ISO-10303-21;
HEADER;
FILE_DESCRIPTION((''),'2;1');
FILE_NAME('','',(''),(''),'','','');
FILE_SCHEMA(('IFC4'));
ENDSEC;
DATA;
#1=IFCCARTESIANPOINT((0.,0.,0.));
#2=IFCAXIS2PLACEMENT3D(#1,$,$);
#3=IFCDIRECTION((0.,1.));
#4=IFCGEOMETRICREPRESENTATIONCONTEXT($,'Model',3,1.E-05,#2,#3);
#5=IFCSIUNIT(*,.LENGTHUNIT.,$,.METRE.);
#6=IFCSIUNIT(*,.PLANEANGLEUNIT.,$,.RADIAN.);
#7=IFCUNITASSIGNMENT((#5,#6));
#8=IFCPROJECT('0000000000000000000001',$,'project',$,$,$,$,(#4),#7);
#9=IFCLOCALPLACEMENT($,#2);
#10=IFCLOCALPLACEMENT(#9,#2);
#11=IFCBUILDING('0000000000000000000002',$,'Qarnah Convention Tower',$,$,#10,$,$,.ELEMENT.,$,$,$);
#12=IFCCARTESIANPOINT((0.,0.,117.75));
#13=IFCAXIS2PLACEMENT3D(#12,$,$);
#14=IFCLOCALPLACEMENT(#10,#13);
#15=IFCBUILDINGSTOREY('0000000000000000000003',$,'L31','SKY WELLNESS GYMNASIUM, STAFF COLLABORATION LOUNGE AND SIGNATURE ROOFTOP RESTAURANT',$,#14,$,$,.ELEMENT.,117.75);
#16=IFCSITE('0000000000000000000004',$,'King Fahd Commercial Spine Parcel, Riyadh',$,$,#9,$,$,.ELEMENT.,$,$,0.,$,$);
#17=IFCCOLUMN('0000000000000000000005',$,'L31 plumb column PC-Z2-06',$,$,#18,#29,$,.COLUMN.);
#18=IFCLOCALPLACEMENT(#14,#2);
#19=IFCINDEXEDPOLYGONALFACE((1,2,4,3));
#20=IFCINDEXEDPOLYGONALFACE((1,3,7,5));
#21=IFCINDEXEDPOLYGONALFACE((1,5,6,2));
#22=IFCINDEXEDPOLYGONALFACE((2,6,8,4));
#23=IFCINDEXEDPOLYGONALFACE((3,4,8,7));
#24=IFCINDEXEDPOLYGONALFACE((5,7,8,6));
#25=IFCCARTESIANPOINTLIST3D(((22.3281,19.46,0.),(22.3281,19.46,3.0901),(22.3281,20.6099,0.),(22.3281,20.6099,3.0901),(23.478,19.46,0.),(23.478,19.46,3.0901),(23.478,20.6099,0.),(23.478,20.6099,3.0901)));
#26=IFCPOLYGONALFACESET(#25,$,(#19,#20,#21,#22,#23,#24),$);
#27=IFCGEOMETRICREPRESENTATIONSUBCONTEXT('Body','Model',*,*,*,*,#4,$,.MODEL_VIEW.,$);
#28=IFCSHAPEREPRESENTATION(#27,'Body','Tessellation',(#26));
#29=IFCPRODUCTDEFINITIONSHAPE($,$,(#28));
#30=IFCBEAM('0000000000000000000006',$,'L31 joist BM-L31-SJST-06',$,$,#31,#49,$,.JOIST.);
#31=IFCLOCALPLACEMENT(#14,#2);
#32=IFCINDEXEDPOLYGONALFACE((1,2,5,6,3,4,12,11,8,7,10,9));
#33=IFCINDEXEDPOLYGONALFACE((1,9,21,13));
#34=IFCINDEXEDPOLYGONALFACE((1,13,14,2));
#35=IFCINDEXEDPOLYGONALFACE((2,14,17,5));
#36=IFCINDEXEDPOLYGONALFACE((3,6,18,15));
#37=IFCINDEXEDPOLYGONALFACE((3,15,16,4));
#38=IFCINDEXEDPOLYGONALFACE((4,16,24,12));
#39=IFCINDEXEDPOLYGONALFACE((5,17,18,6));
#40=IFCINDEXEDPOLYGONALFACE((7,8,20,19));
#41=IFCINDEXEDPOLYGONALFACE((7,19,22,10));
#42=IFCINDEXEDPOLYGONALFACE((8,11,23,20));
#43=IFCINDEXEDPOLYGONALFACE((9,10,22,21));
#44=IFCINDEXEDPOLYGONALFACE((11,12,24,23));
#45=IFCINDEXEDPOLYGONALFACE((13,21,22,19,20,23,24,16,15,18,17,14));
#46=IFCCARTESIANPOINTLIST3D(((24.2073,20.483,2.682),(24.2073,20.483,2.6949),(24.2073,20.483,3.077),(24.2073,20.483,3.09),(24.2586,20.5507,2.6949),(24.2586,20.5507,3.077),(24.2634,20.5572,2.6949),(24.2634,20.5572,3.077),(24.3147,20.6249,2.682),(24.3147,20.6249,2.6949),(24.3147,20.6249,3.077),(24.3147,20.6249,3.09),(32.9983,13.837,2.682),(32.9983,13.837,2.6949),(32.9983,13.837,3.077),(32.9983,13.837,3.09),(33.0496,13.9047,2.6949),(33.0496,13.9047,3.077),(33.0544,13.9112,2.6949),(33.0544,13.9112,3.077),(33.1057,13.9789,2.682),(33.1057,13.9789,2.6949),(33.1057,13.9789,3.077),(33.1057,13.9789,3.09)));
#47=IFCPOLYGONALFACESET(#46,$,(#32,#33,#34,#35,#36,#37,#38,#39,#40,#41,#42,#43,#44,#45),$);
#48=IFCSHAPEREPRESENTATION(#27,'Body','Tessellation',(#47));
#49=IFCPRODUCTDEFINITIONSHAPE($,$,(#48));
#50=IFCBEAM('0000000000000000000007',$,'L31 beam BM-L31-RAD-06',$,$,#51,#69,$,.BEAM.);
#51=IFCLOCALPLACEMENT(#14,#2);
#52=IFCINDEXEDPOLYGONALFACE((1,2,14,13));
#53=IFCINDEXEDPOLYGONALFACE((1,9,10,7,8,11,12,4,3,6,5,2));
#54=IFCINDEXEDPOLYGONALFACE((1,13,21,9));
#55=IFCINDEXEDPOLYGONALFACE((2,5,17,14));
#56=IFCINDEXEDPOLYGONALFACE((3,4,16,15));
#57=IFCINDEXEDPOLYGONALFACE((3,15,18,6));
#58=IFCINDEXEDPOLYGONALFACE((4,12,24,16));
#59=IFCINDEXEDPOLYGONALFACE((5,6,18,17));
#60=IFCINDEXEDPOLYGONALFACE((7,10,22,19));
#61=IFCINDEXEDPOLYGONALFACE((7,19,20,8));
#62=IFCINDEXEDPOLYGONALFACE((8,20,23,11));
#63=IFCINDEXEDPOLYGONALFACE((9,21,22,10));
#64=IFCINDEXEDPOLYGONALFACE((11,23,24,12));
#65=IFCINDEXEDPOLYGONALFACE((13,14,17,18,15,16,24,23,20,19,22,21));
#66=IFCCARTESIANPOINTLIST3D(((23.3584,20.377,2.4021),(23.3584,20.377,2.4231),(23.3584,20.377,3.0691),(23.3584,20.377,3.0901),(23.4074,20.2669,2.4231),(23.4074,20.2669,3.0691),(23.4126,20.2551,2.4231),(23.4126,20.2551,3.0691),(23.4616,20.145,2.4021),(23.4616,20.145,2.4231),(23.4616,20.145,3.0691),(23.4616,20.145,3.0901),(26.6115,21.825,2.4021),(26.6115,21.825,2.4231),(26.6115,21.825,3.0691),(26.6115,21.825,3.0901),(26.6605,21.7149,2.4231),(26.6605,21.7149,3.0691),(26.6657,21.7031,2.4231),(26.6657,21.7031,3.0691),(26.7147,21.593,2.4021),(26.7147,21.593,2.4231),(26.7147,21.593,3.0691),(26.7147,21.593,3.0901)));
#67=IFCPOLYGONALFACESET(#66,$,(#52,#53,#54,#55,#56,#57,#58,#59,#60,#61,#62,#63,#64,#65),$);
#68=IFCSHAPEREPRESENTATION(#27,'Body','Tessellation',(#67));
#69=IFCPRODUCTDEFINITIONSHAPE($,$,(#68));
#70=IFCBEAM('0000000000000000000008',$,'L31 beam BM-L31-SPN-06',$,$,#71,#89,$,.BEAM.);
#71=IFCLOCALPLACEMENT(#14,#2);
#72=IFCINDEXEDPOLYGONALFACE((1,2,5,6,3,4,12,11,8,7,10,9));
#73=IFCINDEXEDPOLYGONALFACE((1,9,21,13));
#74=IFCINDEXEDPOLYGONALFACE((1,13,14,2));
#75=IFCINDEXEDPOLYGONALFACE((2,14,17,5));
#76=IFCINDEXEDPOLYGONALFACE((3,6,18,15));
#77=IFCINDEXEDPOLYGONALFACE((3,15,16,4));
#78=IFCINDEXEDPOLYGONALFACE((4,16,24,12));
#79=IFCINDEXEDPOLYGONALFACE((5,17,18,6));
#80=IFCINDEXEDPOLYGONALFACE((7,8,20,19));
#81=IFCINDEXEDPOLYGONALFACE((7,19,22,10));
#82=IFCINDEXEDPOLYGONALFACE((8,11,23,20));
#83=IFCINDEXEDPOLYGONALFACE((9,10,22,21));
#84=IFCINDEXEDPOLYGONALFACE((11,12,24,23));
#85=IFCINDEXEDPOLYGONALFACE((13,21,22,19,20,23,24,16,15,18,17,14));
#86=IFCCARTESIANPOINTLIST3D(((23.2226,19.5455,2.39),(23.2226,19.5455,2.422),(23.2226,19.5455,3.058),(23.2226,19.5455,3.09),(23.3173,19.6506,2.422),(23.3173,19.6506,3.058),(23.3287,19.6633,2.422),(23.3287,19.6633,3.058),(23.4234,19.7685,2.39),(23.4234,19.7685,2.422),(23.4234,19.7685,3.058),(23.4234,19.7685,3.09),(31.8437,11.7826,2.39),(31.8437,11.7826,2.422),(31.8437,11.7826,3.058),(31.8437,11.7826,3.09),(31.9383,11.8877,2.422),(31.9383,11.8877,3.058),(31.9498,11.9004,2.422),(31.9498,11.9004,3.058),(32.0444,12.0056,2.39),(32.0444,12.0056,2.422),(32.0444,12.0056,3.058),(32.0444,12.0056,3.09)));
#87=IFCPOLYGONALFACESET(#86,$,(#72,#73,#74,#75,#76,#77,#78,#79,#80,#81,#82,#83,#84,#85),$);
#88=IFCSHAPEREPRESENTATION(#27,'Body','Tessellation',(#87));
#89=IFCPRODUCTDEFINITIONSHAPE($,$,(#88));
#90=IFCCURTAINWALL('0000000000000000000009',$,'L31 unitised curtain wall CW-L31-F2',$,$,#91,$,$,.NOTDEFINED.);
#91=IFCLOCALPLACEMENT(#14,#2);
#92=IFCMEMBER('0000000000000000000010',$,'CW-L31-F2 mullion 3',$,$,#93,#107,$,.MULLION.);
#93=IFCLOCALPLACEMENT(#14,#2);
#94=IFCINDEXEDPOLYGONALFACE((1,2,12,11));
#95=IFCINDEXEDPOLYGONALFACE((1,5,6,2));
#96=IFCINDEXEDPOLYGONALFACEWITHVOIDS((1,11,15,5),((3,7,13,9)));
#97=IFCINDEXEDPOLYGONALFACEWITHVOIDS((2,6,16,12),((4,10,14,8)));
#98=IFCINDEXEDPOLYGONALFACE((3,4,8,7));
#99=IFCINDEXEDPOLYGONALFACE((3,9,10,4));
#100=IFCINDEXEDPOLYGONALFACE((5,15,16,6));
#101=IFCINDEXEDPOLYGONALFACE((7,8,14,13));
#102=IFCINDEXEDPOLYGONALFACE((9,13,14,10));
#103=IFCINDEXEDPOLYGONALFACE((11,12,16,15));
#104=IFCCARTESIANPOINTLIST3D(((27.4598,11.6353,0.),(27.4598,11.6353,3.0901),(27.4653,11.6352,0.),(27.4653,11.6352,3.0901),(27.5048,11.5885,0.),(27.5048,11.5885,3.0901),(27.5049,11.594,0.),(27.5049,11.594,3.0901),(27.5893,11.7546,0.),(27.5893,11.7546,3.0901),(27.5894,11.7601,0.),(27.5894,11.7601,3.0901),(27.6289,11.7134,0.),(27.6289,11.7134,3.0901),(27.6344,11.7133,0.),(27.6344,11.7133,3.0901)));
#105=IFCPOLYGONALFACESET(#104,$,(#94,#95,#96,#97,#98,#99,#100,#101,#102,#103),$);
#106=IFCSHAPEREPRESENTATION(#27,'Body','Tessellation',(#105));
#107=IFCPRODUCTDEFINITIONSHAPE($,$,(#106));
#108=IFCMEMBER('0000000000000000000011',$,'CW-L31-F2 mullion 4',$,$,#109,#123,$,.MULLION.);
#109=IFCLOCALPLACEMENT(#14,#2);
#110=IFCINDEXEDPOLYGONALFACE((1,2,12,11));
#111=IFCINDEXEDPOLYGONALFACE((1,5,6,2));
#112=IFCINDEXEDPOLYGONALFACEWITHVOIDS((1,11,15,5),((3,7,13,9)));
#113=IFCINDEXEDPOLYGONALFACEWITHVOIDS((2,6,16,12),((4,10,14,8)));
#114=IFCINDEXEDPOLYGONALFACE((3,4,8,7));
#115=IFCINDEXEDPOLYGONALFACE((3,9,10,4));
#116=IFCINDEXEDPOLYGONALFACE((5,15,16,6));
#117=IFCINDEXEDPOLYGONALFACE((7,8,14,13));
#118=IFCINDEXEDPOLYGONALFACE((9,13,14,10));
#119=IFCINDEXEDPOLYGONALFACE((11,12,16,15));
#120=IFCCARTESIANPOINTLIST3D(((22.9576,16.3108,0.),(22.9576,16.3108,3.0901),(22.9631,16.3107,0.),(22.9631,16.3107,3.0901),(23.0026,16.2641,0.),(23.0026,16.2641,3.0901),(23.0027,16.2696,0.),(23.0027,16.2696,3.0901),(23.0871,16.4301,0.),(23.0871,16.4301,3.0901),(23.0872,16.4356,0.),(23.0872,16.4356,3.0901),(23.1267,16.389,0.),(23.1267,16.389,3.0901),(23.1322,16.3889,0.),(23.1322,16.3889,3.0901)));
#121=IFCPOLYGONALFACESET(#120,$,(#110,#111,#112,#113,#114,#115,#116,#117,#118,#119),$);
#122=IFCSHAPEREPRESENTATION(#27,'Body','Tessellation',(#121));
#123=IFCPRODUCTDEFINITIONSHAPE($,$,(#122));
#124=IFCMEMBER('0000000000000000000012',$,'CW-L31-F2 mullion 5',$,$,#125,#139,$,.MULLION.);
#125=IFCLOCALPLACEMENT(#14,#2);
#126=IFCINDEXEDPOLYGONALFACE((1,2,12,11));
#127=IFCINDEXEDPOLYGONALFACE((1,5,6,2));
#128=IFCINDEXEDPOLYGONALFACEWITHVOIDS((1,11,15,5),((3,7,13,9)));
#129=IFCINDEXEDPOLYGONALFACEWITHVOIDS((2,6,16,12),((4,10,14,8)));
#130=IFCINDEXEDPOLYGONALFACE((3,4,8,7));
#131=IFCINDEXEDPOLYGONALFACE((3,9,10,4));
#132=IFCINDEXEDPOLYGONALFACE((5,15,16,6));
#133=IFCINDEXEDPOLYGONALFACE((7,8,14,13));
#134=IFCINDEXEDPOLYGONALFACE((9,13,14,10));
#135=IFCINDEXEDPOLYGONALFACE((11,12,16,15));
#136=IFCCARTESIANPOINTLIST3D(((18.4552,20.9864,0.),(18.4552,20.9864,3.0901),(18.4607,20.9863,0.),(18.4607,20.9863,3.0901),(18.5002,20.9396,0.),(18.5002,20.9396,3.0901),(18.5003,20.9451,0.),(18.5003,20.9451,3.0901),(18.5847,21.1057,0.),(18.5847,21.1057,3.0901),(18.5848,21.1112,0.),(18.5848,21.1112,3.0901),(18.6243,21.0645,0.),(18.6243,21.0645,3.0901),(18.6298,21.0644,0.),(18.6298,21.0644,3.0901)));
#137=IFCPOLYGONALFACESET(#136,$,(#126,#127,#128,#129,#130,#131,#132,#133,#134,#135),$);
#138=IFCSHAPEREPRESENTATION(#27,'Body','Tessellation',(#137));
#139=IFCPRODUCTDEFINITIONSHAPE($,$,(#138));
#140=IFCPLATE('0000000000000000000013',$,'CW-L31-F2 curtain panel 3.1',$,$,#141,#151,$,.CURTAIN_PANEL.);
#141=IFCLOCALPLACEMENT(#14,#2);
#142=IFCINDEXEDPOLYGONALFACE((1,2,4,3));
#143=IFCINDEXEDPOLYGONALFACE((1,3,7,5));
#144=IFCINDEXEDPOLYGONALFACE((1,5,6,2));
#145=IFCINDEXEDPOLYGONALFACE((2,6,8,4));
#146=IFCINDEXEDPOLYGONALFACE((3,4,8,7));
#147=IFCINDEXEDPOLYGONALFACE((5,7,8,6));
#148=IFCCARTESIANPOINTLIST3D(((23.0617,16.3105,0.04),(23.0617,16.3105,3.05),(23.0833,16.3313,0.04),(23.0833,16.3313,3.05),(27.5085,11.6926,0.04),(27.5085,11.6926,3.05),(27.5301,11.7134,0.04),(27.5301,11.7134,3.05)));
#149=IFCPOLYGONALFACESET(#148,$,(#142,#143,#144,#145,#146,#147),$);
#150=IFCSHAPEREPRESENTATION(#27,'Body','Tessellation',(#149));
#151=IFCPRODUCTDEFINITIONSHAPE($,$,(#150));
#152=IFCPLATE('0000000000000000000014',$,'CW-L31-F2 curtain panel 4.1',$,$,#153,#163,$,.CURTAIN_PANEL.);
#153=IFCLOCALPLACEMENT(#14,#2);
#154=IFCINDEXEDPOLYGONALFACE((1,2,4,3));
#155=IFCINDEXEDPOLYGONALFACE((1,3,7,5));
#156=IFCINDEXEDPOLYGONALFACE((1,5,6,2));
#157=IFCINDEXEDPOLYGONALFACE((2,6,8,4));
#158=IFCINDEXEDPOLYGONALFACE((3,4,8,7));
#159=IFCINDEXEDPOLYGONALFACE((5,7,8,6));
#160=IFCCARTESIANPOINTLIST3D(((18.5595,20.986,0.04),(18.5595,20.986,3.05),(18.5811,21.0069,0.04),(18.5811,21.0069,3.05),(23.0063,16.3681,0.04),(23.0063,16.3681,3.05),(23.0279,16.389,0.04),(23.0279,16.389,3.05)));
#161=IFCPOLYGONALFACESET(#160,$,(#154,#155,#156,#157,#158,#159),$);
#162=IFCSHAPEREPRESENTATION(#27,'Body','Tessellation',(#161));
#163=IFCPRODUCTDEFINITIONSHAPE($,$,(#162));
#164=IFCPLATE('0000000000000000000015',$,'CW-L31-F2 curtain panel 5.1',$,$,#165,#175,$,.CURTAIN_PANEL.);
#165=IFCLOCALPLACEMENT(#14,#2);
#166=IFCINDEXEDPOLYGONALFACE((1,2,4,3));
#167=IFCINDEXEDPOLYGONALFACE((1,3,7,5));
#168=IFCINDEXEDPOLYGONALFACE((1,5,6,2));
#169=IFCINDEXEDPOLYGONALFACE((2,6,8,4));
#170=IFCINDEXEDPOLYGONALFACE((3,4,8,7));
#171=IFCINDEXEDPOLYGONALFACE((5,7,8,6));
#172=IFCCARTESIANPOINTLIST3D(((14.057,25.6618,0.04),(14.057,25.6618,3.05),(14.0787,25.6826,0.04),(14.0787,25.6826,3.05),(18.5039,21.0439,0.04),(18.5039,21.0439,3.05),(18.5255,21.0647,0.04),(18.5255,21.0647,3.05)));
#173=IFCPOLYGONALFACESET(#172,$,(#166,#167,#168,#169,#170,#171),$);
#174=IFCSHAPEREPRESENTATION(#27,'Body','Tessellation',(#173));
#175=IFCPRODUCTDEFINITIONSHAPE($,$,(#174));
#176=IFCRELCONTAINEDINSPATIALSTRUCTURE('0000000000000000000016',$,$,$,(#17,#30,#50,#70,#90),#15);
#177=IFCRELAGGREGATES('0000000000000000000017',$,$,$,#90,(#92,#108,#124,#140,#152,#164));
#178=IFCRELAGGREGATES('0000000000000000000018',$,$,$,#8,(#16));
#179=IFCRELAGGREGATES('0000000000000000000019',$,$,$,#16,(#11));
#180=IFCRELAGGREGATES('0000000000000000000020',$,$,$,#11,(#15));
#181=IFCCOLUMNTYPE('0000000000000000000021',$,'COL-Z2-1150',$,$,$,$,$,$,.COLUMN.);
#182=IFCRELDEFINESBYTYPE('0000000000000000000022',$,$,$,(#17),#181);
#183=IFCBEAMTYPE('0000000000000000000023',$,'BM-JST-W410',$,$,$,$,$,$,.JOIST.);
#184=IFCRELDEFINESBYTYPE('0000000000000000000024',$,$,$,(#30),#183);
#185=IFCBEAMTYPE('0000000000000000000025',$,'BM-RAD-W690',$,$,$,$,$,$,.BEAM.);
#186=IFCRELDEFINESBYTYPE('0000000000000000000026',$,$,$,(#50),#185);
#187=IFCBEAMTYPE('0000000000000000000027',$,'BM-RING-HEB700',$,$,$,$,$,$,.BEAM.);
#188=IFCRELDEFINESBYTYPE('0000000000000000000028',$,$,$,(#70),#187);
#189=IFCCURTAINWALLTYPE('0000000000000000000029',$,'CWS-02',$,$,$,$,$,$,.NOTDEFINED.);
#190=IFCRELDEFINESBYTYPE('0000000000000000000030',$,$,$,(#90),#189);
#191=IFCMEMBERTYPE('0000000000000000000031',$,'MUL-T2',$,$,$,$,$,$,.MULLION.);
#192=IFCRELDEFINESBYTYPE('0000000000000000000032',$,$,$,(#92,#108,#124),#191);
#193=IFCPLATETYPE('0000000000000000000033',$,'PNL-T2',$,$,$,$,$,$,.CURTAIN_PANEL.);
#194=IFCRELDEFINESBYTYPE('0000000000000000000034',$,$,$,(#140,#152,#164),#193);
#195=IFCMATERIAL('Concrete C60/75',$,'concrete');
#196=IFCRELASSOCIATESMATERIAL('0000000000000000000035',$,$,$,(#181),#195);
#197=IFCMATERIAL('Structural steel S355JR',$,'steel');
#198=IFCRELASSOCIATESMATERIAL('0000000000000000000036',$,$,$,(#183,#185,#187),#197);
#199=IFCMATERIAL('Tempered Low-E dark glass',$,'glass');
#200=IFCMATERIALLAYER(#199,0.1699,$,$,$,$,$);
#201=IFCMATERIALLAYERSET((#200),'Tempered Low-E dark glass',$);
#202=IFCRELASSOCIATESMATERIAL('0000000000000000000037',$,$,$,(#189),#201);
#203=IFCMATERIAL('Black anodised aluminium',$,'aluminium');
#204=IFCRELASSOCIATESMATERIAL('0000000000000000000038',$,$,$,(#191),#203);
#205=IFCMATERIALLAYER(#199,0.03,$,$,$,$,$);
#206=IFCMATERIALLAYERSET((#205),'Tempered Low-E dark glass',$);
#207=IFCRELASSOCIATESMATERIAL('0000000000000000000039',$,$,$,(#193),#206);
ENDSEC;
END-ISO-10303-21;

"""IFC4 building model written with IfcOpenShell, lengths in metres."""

from ifc_helpers import new_model, si_unit, direction, frame, origin, origin_2d, place, context, subcontext, project, spatial, rectangle, hollow_rectangle, i_section, extrude, material, layer, layer_set, material_profile, profile_set, type_object, element, aggregate, save


model = new_model("IFC4")

# Units and contexts
model_context = context("Model", 3, precision=1e-05, world=origin(), true_north=direction((0.0, 1.0)))
body_context = subcontext(model_context, "Body", "Model", "MODEL_VIEW")
ifc_project = project(units=[si_unit("LENGTHUNIT", "METRE"), si_unit("PLANEANGLEUNIT", "RADIAN")], contexts=[model_context])

# Site, building, storey
site_placement = place(None, origin())
site = spatial("IfcSite", under=ifc_project, at=site_placement, Name="King Fahd Commercial Spine Parcel, Riyadh", CompositionType="ELEMENT", RefElevation=0.0)
building_placement = place(site_placement, origin())
building = spatial("IfcBuilding", under=site, at=building_placement, Name="Qarnah Convention Tower", CompositionType="ELEMENT")
storey_placement = place(building_placement, frame((0.0, 0.0, 117.75)))
storey = spatial("IfcBuildingStorey", under=building, at=storey_placement, Name="L31", Description="SKY WELLNESS GYMNASIUM, STAFF COLLABORATION LOUNGE AND SIGNATURE ROOFTOP RESTAURANT", CompositionType="ELEMENT", Elevation=117.75)

# Column
ifc_material_1 = material(Name="Concrete C60/75", Category="concrete")
ifc_material_profile_1 = material_profile(ifc_material_1, rectangle(XDim=1.1499, YDim=1.1499, at=origin_2d()), Name="RC-COL-1150X1150")
ifc_profile_set_1 = profile_set([ifc_material_profile_1], Name="Concrete C60/75")
column_type = type_object("IfcColumnType", Name="COL-Z2-1150", PredefinedType="COLUMN", material=ifc_profile_set_1)
column_placement = place(storey_placement, frame((22.9031, 20.0349, 0.0), z_axis=(0.0, 0.0, 1.0), x_axis=(1.0, 0.0, 0.0)))
element("IfcColumn", 1, at=column_placement, inside=storey, type_object=column_type, Name="L31 plumb column PC-Z2-06", PredefinedType="COLUMN", context=body_context, shape_type="SweptSolid", body=[
    extrude(rectangle(XDim=1.1499, YDim=1.1499, at=origin_2d()), origin(), (0.0, 0.0, 1.0), 3.0901),
])

# Beams
ifc_material_2 = material(Name="Structural steel S355JR", Category="steel")
ifc_material_profile_2 = material_profile(ifc_material_2, i_section(OverallWidth=0.178, OverallDepth=0.408, WebThickness=0.0081, FlangeThickness=0.0129, at=origin_2d()), Name="W410X60")
ifc_profile_set_2 = profile_set([ifc_material_profile_2], Name="Structural steel S355JR")
beam_type_1 = type_object("IfcBeamType", Name="BM-JST-W410", PredefinedType="JOIST", material=ifc_profile_set_2)
beam_1_placement = place(storey_placement, frame((24.261, 20.554, 2.886), z_axis=(0.797697, -0.603058, 0.0), x_axis=(0.603058, 0.797697, 0.0)))
element("IfcBeam", 2, at=beam_1_placement, inside=storey, type_object=beam_type_1, Name="L31 joist BM-L31-SJST-06", PredefinedType="JOIST", context=body_context, shape_type="SweptSolid", body=[
    extrude(i_section(OverallWidth=0.178, OverallDepth=0.408, WebThickness=0.0081, FlangeThickness=0.0129, at=origin_2d()), origin(), (0.0, 0.0, 1.0), 11.0205),
])
ifc_material_profile_3 = material_profile(ifc_material_2, i_section(OverallWidth=0.2539, OverallDepth=0.688, WebThickness=0.0129, FlangeThickness=0.021, at=origin_2d()), Name="W690X152")
ifc_profile_set_3 = profile_set([ifc_material_profile_3], Name="Structural steel S355JR")
beam_type_2 = type_object("IfcBeamType", Name="BM-RAD-W690", PredefinedType="BEAM", material=ifc_profile_set_3)
beam_2_placement = place(storey_placement, frame((26.6631, 21.709, 2.7461), z_axis=(-0.913588, -0.406641, 0.0), x_axis=(0.406641, -0.913588, 0.0)))
element("IfcBeam", 3, at=beam_2_placement, inside=storey, type_object=beam_type_2, Name="L31 beam BM-L31-RAD-06", PredefinedType="BEAM", context=body_context, shape_type="SweptSolid", body=[
    extrude(i_section(OverallWidth=0.2539, OverallDepth=0.688, WebThickness=0.0129, FlangeThickness=0.021, at=origin_2d()), origin(), (0.0, 0.0, 1.0), 3.5608),
])
ifc_material_profile_4 = material_profile(ifc_material_2, i_section(OverallWidth=0.3, OverallDepth=0.7, WebThickness=0.0171, FlangeThickness=0.032, at=origin_2d()), Name="HEB700")
ifc_profile_set_4 = profile_set([ifc_material_profile_4], Name="Structural steel S355JR")
beam_type_3 = type_object("IfcBeamType", Name="BM-RING-HEB700", PredefinedType="BEAM", material=ifc_profile_set_4)
beam_3_placement = place(storey_placement, frame((23.323, 19.657, 2.74), z_axis=(0.743125, -0.669153, 0.0), x_axis=(0.669153, 0.743125, 0.0)))
element("IfcBeam", 4, at=beam_3_placement, inside=storey, type_object=beam_type_3, Name="L31 beam BM-L31-SPN-06", PredefinedType="BEAM", context=body_context, shape_type="SweptSolid", body=[
    extrude(i_section(OverallWidth=0.3, OverallDepth=0.7, WebThickness=0.0171, FlangeThickness=0.032, at=origin_2d()), origin(), (0.0, 0.0, 1.0), 11.6011),
])

# Curtain wall, members, plates
ifc_material_3 = material(Name="Tempered Low-E dark glass", Category="glass")
ifc_layer_1 = layer(ifc_material_3, 0.1699)
ifc_layer_set_1 = layer_set([ifc_layer_1], Name="Tempered Low-E dark glass")
curtain_wall_type = type_object("IfcCurtainWallType", Name="CWS-02", PredefinedType="NOTDEFINED", material=ifc_layer_set_1)
curtain_wall_placement = place(storey_placement, origin())
curtain_wall = element("IfcCurtainWall", 5, at=curtain_wall_placement, inside=storey, type_object=curtain_wall_type, Name="L31 unitised curtain wall CW-L31-F2", PredefinedType="NOTDEFINED")
ifc_material_4 = material(Name="Black anodised aluminium", Category="aluminium")
ifc_material_profile_5 = material_profile(ifc_material_4, hollow_rectangle(XDim=0.0649, YDim=0.1799, WallThickness=0.0039, at=origin_2d()), Name="MUL-65X180")
ifc_profile_set_5 = profile_set([ifc_material_profile_5], Name="Black anodised aluminium")
member_type = type_object("IfcMemberType", Name="MUL-T2", PredefinedType="MULLION", material=ifc_profile_set_5)
member_1_placement = place(storey_placement, frame((27.5471, 11.6743, 0.0), z_axis=(0.0, 0.0, 1.0), x_axis=(-0.693639, 0.720322, 0.0)))
member_1 = element("IfcMember", 6, at=member_1_placement, type_object=member_type, Name="CW-L31-F2 mullion 3", PredefinedType="MULLION", context=body_context, shape_type="SweptSolid", body=[
    extrude(hollow_rectangle(XDim=0.0649, YDim=0.1799, WallThickness=0.0039, at=origin_2d()), origin(), (0.0, 0.0, 1.0), 3.0901),
])
member_2_placement = place(storey_placement, frame((23.0449, 16.3499, 0.0), z_axis=(0.0, 0.0, 1.0), x_axis=(-0.693639, 0.720322, 0.0)))
member_2 = element("IfcMember", 7, at=member_2_placement, type_object=member_type, Name="CW-L31-F2 mullion 4", PredefinedType="MULLION", context=body_context, shape_type="SweptSolid", body=[
    extrude(hollow_rectangle(XDim=0.0649, YDim=0.1799, WallThickness=0.0039, at=origin_2d()), origin(), (0.0, 0.0, 1.0), 3.0901),
])
member_3_placement = place(storey_placement, frame((18.5425, 21.0254, 0.0), z_axis=(0.0, 0.0, 1.0), x_axis=(-0.693639, 0.720322, 0.0)))
member_3 = element("IfcMember", 8, at=member_3_placement, type_object=member_type, Name="CW-L31-F2 mullion 5", PredefinedType="MULLION", context=body_context, shape_type="SweptSolid", body=[
    extrude(hollow_rectangle(XDim=0.0649, YDim=0.1799, WallThickness=0.0039, at=origin_2d()), origin(), (0.0, 0.0, 1.0), 3.0901),
])
ifc_layer_2 = layer(ifc_material_3, 0.03)
ifc_layer_set_2 = layer_set([ifc_layer_2], Name="Tempered Low-E dark glass")
plate_type = type_object("IfcPlateType", Name="PNL-T2", PredefinedType="CURTAIN_PANEL", material=ifc_layer_set_2)
plate_1_placement = place(storey_placement, frame((25.2959, 14.012, 0.04), z_axis=(0.0, 0.0, 1.0), x_axis=(-0.693639, 0.720322, 0.0)))
plate_1 = element("IfcPlate", 9, at=plate_1_placement, type_object=plate_type, Name="CW-L31-F2 curtain panel 3.1", PredefinedType="CURTAIN_PANEL", context=body_context, shape_type="SweptSolid", body=[
    extrude(rectangle(XDim=6.4109, YDim=0.03, at=origin_2d()), origin(), (0.0, 0.0, 1.0), 3.01),
])
plate_2_placement = place(storey_placement, frame((20.7937, 18.6875, 0.04), z_axis=(0.0, 0.0, 1.0), x_axis=(-0.693639, 0.720322, 0.0)))
plate_2 = element("IfcPlate", 10, at=plate_2_placement, type_object=plate_type, Name="CW-L31-F2 curtain panel 4.1", PredefinedType="CURTAIN_PANEL", context=body_context, shape_type="SweptSolid", body=[
    extrude(rectangle(XDim=6.4109, YDim=0.03, at=origin_2d()), origin(), (0.0, 0.0, 1.0), 3.01),
])
plate_3_placement = place(storey_placement, frame((16.2913, 23.3633, 0.04), z_axis=(0.0, 0.0, 1.0), x_axis=(-0.693639, 0.720322, 0.0)))
plate_3 = element("IfcPlate", 11, at=plate_3_placement, type_object=plate_type, Name="CW-L31-F2 curtain panel 5.1", PredefinedType="CURTAIN_PANEL", context=body_context, shape_type="SweptSolid", body=[
    extrude(rectangle(XDim=6.4109, YDim=0.03, at=origin_2d()), origin(), (0.0, 0.0, 1.0), 3.01),
])
aggregate(curtain_wall, [member_1, member_2, member_3, plate_1, plate_2, plate_3])

save(model, "model.ifc")
